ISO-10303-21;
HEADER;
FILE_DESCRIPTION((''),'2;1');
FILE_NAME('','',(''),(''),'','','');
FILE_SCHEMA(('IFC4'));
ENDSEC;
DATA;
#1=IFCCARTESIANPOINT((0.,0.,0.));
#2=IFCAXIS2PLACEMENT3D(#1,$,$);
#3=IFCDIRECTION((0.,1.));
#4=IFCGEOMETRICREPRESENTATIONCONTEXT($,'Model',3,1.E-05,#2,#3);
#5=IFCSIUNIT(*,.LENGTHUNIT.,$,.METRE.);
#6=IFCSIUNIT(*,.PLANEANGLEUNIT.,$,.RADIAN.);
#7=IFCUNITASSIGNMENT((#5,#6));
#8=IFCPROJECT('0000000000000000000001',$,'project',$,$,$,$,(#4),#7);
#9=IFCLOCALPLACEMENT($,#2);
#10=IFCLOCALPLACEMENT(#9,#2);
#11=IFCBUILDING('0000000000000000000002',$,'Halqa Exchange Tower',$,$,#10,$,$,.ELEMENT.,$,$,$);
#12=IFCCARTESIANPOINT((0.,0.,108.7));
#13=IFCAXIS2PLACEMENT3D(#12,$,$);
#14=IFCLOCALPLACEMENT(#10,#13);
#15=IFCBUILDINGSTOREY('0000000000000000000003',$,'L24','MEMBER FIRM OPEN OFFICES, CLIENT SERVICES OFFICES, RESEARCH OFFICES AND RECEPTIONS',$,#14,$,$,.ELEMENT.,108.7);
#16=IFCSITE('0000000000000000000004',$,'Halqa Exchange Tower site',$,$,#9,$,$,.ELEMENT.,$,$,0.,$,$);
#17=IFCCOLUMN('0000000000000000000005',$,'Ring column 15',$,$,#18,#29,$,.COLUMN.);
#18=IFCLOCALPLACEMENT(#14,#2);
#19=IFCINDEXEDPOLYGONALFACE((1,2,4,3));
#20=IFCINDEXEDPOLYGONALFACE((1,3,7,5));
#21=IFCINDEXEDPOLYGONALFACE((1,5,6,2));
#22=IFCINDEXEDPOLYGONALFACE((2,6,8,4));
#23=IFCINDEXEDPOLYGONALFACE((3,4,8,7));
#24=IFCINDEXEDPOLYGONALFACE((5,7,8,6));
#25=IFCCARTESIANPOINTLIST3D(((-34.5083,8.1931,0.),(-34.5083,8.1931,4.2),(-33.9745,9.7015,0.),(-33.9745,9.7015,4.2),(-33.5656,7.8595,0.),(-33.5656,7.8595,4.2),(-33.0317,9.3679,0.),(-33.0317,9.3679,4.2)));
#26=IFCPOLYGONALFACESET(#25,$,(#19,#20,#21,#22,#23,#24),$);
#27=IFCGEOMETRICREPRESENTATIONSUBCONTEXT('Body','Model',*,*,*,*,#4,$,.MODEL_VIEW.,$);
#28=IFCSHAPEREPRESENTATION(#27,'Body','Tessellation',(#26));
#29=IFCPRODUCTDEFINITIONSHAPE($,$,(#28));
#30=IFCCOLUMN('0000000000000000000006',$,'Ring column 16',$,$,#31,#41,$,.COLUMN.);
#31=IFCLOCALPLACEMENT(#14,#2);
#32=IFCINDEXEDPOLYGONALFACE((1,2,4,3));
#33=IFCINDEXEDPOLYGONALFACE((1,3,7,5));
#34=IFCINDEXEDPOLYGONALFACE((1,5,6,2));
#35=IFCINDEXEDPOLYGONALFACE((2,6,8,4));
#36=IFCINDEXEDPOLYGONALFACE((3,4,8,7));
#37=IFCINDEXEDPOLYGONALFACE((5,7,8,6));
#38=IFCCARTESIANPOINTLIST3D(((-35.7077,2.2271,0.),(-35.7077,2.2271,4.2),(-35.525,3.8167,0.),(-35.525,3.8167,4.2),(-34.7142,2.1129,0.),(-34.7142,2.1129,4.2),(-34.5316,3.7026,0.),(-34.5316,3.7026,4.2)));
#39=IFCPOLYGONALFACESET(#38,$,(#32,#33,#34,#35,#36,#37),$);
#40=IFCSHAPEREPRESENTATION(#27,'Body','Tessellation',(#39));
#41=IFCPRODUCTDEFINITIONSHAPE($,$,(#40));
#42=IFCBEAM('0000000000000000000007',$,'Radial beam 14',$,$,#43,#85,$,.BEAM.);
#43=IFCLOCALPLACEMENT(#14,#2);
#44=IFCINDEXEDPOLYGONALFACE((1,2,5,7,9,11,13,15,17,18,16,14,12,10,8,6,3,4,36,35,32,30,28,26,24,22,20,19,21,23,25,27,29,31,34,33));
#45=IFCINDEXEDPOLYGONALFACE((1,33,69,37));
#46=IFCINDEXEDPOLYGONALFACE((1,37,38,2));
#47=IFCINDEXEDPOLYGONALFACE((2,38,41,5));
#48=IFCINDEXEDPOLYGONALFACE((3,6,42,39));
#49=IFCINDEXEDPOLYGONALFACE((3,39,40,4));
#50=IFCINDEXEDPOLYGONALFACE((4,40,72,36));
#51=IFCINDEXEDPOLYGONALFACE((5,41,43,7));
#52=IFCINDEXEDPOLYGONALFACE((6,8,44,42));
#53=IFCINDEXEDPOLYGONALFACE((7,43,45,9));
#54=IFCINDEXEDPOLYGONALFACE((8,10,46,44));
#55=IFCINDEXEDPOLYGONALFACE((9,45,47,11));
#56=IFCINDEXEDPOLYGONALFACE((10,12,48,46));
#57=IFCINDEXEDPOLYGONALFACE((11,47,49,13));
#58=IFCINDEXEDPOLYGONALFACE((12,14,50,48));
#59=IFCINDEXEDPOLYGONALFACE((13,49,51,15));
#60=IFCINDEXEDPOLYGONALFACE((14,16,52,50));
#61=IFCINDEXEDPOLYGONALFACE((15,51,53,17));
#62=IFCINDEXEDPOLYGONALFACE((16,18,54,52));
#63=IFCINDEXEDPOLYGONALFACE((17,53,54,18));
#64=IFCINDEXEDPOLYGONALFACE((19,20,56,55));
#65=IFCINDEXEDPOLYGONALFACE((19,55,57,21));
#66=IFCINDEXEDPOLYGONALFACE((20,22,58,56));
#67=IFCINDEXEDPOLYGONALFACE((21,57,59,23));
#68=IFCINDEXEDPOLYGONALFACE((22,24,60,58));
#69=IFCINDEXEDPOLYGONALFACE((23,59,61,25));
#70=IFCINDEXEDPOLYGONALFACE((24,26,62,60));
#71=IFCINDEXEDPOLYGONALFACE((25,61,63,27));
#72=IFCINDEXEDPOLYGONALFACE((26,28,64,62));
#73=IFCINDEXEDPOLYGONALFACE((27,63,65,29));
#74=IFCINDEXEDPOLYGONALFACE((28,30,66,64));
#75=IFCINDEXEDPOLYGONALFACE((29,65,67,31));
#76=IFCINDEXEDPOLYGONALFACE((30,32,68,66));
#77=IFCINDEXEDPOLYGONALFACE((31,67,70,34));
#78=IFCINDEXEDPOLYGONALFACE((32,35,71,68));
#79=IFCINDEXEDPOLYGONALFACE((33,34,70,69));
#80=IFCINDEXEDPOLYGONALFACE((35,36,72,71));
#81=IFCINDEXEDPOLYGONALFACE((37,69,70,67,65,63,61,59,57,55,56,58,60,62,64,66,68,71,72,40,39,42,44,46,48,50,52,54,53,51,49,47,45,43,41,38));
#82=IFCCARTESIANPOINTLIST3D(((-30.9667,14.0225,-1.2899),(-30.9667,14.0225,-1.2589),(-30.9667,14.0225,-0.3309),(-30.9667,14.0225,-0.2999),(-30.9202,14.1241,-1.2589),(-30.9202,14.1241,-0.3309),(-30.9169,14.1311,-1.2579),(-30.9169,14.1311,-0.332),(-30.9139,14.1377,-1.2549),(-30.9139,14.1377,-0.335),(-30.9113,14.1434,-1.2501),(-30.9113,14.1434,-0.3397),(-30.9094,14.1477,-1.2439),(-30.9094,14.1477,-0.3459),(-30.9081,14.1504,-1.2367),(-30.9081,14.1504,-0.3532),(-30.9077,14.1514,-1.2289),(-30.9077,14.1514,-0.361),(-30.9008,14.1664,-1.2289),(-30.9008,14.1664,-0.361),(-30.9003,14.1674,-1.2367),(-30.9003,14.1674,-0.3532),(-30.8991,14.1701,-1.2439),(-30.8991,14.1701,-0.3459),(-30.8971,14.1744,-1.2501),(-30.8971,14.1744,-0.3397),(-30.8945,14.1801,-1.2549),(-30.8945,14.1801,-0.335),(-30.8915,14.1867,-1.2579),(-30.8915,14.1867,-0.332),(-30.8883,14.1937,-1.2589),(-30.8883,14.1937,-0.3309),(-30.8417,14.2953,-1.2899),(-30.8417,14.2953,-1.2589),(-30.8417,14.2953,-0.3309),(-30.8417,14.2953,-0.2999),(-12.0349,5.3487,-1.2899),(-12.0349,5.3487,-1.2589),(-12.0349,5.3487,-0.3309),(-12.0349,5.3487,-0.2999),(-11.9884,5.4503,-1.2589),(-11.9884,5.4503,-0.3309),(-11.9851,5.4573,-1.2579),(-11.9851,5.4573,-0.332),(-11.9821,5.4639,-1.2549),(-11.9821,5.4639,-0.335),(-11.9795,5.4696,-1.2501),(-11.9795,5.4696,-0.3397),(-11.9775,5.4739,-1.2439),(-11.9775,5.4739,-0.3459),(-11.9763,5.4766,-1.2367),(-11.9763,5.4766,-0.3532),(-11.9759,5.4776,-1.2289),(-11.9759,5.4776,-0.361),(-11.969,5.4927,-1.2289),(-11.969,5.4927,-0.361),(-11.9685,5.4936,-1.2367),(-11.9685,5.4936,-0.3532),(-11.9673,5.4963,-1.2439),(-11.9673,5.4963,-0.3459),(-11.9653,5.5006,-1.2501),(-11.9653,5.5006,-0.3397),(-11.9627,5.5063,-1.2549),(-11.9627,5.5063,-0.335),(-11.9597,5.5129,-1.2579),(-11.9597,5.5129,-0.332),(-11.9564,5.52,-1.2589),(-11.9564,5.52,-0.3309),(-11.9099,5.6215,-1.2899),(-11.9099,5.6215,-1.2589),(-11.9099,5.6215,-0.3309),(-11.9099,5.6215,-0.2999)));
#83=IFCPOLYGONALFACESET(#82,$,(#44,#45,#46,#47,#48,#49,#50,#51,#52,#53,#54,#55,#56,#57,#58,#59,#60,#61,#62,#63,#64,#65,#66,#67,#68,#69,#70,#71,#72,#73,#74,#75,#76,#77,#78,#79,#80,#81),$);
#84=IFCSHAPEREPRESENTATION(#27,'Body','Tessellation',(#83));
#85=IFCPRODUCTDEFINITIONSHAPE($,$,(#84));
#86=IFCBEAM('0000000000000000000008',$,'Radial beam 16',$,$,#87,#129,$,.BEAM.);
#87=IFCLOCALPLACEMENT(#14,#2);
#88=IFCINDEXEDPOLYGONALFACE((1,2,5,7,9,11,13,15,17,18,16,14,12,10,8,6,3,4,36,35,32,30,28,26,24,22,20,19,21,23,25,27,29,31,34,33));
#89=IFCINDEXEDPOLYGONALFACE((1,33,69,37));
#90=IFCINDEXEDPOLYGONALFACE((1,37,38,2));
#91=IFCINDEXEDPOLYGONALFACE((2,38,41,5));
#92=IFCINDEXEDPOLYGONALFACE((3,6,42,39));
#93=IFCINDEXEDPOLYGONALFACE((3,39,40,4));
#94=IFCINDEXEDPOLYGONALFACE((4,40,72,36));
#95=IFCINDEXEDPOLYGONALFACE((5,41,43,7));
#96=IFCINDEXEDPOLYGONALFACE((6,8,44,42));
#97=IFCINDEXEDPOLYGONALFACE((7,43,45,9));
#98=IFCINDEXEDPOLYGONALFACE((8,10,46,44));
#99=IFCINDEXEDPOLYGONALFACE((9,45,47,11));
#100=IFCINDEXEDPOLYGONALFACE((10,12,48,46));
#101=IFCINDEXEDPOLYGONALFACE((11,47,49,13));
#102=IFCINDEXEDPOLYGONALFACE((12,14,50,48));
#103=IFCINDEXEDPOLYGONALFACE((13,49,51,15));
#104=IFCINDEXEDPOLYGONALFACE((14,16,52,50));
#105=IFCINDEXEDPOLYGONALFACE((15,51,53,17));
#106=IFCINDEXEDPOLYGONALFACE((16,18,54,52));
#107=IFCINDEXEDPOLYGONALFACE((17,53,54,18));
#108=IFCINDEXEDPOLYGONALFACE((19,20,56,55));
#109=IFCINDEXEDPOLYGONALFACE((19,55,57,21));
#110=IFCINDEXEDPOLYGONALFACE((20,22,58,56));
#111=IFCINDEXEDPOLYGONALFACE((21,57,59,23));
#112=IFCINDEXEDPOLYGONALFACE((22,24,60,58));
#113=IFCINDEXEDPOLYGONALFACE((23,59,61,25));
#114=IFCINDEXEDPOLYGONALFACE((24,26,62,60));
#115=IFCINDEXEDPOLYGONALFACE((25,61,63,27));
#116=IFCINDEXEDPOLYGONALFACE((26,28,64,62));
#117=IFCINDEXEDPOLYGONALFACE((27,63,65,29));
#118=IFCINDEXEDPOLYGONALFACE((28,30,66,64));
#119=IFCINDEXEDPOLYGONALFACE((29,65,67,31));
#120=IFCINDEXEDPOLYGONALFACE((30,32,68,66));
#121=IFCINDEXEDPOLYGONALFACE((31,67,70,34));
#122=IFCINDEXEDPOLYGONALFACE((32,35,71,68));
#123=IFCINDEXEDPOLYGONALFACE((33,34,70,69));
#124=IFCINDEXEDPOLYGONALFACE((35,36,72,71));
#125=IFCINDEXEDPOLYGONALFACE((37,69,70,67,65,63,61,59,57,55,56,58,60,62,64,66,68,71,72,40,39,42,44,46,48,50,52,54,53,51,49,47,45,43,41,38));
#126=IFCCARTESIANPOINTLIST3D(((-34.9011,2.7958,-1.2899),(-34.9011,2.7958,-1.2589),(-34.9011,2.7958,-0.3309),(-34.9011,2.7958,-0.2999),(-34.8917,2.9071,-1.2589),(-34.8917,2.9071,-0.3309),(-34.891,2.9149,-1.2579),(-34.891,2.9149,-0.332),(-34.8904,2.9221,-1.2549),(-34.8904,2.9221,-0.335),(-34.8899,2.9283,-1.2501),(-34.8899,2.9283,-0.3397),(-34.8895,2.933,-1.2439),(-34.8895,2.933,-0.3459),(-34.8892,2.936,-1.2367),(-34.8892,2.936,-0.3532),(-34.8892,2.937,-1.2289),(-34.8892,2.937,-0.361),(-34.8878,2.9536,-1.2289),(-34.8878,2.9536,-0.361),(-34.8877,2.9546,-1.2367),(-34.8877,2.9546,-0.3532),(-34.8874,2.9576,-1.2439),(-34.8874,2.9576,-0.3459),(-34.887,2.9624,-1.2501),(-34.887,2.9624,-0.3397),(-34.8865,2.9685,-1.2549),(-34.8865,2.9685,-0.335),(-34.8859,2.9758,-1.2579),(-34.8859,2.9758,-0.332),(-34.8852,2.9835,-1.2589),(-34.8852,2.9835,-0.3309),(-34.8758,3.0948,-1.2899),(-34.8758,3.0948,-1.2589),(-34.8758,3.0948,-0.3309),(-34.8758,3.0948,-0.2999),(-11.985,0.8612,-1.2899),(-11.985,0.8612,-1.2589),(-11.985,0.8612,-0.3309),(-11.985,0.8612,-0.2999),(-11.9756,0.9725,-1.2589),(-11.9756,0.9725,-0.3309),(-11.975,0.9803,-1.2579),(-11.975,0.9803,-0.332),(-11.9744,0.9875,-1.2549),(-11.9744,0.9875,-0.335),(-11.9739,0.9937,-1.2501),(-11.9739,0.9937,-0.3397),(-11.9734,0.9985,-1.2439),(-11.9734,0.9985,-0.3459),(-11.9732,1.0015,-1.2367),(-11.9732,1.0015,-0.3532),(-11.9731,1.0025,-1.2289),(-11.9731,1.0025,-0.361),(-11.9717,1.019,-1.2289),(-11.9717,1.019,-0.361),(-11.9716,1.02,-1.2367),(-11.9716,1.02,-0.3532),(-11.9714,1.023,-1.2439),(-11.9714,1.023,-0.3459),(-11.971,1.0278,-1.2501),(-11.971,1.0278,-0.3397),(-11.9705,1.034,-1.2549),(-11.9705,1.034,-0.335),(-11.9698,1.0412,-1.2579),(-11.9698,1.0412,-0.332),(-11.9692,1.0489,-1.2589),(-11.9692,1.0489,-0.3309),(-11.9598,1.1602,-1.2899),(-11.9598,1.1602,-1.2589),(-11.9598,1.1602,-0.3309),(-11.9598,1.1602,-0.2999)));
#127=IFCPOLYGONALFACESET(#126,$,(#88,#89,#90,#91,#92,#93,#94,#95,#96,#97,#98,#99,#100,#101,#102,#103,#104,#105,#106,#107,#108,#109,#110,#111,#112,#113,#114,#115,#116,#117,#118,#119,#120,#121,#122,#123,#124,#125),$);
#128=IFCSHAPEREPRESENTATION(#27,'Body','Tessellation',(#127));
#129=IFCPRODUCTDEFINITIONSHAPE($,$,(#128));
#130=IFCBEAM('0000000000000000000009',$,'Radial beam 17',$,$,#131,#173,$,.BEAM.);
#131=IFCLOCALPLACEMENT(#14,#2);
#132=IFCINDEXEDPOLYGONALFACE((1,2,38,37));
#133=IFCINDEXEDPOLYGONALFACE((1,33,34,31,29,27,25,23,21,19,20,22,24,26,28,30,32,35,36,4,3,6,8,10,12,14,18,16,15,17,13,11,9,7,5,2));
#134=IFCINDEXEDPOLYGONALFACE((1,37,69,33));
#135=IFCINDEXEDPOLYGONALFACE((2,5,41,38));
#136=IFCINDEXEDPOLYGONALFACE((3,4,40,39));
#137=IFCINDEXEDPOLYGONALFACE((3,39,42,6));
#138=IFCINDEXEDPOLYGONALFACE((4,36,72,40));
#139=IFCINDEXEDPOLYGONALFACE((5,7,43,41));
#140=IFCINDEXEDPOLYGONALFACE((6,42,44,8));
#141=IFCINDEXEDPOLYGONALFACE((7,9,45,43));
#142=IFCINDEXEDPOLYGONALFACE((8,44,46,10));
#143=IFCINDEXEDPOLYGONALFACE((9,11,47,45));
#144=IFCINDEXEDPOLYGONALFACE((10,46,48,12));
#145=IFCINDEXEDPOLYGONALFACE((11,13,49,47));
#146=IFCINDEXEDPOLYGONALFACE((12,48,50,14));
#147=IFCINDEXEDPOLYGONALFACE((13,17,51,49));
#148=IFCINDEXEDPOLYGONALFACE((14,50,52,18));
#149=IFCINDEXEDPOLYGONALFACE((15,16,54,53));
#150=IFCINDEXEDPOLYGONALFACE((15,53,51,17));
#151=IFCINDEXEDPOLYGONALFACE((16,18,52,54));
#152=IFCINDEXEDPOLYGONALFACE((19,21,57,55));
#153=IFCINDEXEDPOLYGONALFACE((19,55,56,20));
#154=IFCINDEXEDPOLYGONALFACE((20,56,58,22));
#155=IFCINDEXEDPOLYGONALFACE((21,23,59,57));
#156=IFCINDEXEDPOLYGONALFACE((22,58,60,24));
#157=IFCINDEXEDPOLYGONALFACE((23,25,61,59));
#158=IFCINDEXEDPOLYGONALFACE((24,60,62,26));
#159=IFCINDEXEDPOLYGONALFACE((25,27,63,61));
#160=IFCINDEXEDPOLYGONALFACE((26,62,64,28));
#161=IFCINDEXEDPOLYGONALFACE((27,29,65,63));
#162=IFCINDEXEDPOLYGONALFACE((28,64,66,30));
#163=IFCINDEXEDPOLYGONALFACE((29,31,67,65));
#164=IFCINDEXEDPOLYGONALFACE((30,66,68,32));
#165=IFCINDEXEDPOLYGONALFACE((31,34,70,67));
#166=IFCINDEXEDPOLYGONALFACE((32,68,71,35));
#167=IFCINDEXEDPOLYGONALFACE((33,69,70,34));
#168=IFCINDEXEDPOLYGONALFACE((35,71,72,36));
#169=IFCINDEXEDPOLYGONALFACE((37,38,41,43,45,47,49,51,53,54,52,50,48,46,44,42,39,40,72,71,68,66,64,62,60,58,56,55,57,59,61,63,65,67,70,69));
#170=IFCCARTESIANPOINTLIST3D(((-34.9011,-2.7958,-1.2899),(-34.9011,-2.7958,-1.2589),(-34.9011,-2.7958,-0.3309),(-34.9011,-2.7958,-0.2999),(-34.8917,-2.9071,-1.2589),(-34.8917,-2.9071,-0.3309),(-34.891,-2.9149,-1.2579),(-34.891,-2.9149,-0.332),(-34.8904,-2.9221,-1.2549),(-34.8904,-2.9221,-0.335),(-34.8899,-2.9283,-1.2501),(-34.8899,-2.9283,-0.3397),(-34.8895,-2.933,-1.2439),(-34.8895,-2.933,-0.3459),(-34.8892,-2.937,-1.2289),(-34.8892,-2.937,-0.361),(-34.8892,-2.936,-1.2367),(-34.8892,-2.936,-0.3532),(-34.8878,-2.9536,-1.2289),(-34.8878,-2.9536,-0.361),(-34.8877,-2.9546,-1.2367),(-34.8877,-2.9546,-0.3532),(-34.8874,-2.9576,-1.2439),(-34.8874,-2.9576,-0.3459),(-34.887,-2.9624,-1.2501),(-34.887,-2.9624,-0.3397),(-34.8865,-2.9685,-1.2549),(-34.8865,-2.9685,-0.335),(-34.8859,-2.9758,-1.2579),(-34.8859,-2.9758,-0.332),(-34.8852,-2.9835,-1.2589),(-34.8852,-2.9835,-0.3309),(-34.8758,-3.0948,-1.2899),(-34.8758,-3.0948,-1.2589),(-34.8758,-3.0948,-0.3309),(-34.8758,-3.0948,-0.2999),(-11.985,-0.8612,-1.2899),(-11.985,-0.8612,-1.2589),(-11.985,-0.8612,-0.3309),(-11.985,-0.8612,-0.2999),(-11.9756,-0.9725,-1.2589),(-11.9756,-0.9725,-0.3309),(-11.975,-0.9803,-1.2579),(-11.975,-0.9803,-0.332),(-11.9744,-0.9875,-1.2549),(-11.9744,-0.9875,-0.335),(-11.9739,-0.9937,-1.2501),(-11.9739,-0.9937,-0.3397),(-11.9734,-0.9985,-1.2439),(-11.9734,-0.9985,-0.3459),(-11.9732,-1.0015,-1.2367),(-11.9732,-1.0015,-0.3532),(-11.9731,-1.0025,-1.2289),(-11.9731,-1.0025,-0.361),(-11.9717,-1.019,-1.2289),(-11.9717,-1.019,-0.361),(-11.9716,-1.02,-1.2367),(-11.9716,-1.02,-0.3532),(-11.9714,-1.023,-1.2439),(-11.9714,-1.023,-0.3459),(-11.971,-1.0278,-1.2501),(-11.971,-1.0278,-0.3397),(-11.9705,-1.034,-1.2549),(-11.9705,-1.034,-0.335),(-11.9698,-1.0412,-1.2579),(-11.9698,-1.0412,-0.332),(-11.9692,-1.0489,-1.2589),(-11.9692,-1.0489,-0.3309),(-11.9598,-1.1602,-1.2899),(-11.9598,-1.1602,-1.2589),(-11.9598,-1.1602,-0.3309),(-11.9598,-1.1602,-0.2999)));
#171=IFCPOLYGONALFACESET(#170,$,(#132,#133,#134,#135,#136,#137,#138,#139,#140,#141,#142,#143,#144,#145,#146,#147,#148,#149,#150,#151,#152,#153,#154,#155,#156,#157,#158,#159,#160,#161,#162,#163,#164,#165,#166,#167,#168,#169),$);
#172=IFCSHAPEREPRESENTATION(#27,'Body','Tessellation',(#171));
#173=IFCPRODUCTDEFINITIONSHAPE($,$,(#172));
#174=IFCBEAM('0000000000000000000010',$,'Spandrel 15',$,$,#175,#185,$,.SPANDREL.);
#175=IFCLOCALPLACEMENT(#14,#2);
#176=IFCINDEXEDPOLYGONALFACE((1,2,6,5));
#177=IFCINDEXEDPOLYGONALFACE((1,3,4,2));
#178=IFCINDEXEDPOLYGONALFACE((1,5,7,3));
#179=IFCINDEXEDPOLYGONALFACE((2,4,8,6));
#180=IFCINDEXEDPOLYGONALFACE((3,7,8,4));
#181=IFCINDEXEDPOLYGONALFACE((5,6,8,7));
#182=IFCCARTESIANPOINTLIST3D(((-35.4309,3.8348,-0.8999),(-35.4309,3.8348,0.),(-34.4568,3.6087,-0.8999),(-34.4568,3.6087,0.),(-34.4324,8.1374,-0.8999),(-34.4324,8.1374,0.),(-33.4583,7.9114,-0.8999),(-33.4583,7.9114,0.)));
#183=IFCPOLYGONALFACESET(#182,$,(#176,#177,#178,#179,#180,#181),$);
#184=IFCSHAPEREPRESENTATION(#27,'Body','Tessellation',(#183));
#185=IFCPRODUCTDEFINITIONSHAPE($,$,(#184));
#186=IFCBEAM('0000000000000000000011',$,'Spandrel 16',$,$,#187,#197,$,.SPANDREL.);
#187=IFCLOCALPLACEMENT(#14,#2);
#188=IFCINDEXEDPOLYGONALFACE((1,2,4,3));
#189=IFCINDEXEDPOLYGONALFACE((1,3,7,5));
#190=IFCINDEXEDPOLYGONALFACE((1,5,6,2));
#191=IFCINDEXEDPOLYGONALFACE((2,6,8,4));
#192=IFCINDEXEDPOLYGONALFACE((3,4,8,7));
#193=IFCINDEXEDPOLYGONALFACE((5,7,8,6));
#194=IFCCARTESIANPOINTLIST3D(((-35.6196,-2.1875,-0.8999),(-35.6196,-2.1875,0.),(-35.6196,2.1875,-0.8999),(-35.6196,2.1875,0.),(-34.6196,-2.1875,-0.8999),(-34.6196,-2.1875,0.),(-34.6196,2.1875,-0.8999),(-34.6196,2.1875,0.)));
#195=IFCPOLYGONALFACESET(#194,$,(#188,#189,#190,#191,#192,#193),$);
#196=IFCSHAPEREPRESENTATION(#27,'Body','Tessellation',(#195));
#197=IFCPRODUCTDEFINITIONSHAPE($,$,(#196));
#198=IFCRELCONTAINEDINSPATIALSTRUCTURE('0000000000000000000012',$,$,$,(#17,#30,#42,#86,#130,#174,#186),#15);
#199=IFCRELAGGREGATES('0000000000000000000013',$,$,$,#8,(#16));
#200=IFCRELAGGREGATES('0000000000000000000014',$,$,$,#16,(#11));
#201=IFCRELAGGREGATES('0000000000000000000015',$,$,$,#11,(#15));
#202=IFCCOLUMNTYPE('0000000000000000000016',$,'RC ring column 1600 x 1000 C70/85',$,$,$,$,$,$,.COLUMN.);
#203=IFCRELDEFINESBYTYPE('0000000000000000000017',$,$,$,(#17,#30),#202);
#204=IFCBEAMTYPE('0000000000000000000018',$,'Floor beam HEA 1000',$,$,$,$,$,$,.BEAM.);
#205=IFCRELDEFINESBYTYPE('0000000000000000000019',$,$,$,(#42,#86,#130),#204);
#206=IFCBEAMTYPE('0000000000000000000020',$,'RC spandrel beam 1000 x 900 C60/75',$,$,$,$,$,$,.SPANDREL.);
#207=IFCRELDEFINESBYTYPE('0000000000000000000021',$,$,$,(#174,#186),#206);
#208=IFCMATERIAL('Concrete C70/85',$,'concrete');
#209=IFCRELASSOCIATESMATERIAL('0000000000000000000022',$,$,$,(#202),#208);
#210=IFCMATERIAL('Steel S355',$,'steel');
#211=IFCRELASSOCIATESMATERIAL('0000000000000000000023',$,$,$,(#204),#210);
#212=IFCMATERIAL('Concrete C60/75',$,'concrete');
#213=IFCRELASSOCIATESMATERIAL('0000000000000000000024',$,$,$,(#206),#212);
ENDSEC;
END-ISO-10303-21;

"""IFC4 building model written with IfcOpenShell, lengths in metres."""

from ifc_helpers import new_model, si_unit, direction, frame, origin, origin_2d, place, context, subcontext, project, spatial, rectangle, i_section, extrude, material, material_profile, profile_set, type_object, element, save


model = new_model("IFC4")

# Units and contexts
model_context = context("Model", 3, precision=1e-05, world=origin(), true_north=direction((0.0, 1.0)))
body_context = subcontext(model_context, "Body", "Model", "MODEL_VIEW")
ifc_project = project(units=[si_unit("LENGTHUNIT", "METRE"), si_unit("PLANEANGLEUNIT", "RADIAN")], contexts=[model_context])

# Site, building, storey
site_placement = place(None, origin())
site = spatial("IfcSite", under=ifc_project, at=site_placement, Name="Halqa Exchange Tower site", CompositionType="ELEMENT", RefElevation=0.0)
building_placement = place(site_placement, origin())
building = spatial("IfcBuilding", under=site, at=building_placement, Name="Halqa Exchange Tower", CompositionType="ELEMENT")
storey_placement = place(building_placement, frame((0.0, 0.0, 108.7)))
storey = spatial("IfcBuildingStorey", under=building, at=storey_placement, Name="L24", Description="MEMBER FIRM OPEN OFFICES, CLIENT SERVICES OFFICES, RESEARCH OFFICES AND RECEPTIONS", CompositionType="ELEMENT", Elevation=108.7)

# Columns
ifc_material_1 = material(Name="Concrete C70/85", Category="concrete")
ifc_material_profile_1 = material_profile(ifc_material_1, rectangle(XDim=1.6001, YDim=1.0, at=origin_2d()), Name="1600 x 1000")
ifc_profile_set_1 = profile_set([ifc_material_profile_1], Name="Concrete C70/85")
column_type = type_object("IfcColumnType", Name="RC ring column 1600 x 1000 C70/85", PredefinedType="COLUMN", material=ifc_profile_set_1)
for number, where, z_axis, x_axis, name in (
    (1, (-33.77, 8.7805, 0.0), (0.0, 0.0, 1.0), (-0.333626, -0.942706, 0.0), "Ring column 15"),
    (2, (-35.1196, 2.9648, 0.0), (0.0, 0.0, 1.0), (-0.114162, -0.993462, 0.0), "Ring column 16"),
):
    element("IfcColumn", number, at=place(storey_placement, frame(where, z_axis=z_axis, x_axis=x_axis)), inside=storey, type_object=column_type, Name=name, PredefinedType="COLUMN", context=body_context, shape_type="SweptSolid", body=[
        extrude(rectangle(XDim=1.6001, YDim=1.0, at=origin_2d()), origin(), (0.0, 0.0, 1.0), 4.2),
    ])

# Beams
ifc_material_2 = material(Name="Steel S355", Category="steel")
ifc_material_profile_2 = material_profile(ifc_material_2, i_section(OverallWidth=0.3, OverallDepth=0.99, WebThickness=0.0166, FlangeThickness=0.031, FilletRadius=0.03, at=origin_2d()), Name="HEA 1000")
ifc_profile_set_2 = profile_set([ifc_material_profile_2], Name="Steel S355")
beam_type_1 = type_object("IfcBeamType", Name="Floor beam HEA 1000", PredefinedType="BEAM", material=ifc_profile_set_2)
beam_1_placement = place(storey_placement, frame((-11.9724, 5.4851, -0.7949), z_axis=(-0.909125, 0.416524, 0.0), x_axis=(-0.416524, -0.909125, 0.0)))
element("IfcBeam", 3, at=beam_1_placement, inside=storey, type_object=beam_type_1, Name="Radial beam 14", PredefinedType="BEAM", context=body_context, shape_type="SweptSolid", body=[
    extrude(i_section(OverallWidth=0.3, OverallDepth=0.99, WebThickness=0.0166, FlangeThickness=0.031, FilletRadius=0.03, at=origin_2d()), origin(), (0.0, 0.0, 1.0), 20.8242),
])
for number, where, z_axis, x_axis, name in (
    (4, (-11.9724, 1.0107, -0.7949), (-0.996456, 0.084121, 0.0), (-0.084121, -0.996456, 0.0), "Radial beam 16"),
    (5, (-11.9724, -1.0107, -0.7949), (-0.996456, -0.084121, 0.0), (0.084121, -0.996456, 0.0), "Radial beam 17"),
):
    element("IfcBeam", number, at=place(storey_placement, frame(where, z_axis=z_axis, x_axis=x_axis)), inside=storey, type_object=beam_type_1, Name=name, PredefinedType="BEAM", context=body_context, shape_type="SweptSolid", body=[
        extrude(i_section(OverallWidth=0.3, OverallDepth=0.99, WebThickness=0.0166, FlangeThickness=0.031, FilletRadius=0.03, at=origin_2d()), origin(), (0.0, 0.0, 1.0), 22.9976),
    ])
ifc_material_3 = material(Name="Concrete C60/75", Category="concrete")
ifc_material_profile_3 = material_profile(ifc_material_3, rectangle(XDim=1.0, YDim=0.8999, at=origin_2d()), Name="1000 x 900")
ifc_profile_set_3 = profile_set([ifc_material_profile_3], Name="Concrete C60/75")
beam_type_2 = type_object("IfcBeamType", Name="RC spandrel beam 1000 x 900 C60/75", PredefinedType="SPANDREL", material=ifc_profile_set_3)
beam_2_placement = place(storey_placement, frame((-33.9453, 8.0244, -0.45), z_axis=(-0.226062, -0.974113, 0.0), x_axis=(0.974113, -0.226062, 0.0)))
element("IfcBeam", 6, at=beam_2_placement, inside=storey, type_object=beam_type_2, Name="Spandrel 15", PredefinedType="SPANDREL", context=body_context, shape_type="SweptSolid", body=[
    extrude(rectangle(XDim=1.0, YDim=0.8999, at=origin_2d()), origin(), (0.0, 0.0, 1.0), 4.417),
])
beam_3_placement = place(storey_placement, frame((-35.1196, 2.1875, -0.45), z_axis=(0.0, -1.0, 0.0), x_axis=(1.0, 0.0, 0.0)))
element("IfcBeam", 7, at=beam_3_placement, inside=storey, type_object=beam_type_2, Name="Spandrel 16", PredefinedType="SPANDREL", context=body_context, shape_type="SweptSolid", body=[
    extrude(rectangle(XDim=1.0, YDim=0.8999, at=origin_2d()), origin(), (0.0, 0.0, 1.0), 4.375),
])

save(model, "model.ifc")
